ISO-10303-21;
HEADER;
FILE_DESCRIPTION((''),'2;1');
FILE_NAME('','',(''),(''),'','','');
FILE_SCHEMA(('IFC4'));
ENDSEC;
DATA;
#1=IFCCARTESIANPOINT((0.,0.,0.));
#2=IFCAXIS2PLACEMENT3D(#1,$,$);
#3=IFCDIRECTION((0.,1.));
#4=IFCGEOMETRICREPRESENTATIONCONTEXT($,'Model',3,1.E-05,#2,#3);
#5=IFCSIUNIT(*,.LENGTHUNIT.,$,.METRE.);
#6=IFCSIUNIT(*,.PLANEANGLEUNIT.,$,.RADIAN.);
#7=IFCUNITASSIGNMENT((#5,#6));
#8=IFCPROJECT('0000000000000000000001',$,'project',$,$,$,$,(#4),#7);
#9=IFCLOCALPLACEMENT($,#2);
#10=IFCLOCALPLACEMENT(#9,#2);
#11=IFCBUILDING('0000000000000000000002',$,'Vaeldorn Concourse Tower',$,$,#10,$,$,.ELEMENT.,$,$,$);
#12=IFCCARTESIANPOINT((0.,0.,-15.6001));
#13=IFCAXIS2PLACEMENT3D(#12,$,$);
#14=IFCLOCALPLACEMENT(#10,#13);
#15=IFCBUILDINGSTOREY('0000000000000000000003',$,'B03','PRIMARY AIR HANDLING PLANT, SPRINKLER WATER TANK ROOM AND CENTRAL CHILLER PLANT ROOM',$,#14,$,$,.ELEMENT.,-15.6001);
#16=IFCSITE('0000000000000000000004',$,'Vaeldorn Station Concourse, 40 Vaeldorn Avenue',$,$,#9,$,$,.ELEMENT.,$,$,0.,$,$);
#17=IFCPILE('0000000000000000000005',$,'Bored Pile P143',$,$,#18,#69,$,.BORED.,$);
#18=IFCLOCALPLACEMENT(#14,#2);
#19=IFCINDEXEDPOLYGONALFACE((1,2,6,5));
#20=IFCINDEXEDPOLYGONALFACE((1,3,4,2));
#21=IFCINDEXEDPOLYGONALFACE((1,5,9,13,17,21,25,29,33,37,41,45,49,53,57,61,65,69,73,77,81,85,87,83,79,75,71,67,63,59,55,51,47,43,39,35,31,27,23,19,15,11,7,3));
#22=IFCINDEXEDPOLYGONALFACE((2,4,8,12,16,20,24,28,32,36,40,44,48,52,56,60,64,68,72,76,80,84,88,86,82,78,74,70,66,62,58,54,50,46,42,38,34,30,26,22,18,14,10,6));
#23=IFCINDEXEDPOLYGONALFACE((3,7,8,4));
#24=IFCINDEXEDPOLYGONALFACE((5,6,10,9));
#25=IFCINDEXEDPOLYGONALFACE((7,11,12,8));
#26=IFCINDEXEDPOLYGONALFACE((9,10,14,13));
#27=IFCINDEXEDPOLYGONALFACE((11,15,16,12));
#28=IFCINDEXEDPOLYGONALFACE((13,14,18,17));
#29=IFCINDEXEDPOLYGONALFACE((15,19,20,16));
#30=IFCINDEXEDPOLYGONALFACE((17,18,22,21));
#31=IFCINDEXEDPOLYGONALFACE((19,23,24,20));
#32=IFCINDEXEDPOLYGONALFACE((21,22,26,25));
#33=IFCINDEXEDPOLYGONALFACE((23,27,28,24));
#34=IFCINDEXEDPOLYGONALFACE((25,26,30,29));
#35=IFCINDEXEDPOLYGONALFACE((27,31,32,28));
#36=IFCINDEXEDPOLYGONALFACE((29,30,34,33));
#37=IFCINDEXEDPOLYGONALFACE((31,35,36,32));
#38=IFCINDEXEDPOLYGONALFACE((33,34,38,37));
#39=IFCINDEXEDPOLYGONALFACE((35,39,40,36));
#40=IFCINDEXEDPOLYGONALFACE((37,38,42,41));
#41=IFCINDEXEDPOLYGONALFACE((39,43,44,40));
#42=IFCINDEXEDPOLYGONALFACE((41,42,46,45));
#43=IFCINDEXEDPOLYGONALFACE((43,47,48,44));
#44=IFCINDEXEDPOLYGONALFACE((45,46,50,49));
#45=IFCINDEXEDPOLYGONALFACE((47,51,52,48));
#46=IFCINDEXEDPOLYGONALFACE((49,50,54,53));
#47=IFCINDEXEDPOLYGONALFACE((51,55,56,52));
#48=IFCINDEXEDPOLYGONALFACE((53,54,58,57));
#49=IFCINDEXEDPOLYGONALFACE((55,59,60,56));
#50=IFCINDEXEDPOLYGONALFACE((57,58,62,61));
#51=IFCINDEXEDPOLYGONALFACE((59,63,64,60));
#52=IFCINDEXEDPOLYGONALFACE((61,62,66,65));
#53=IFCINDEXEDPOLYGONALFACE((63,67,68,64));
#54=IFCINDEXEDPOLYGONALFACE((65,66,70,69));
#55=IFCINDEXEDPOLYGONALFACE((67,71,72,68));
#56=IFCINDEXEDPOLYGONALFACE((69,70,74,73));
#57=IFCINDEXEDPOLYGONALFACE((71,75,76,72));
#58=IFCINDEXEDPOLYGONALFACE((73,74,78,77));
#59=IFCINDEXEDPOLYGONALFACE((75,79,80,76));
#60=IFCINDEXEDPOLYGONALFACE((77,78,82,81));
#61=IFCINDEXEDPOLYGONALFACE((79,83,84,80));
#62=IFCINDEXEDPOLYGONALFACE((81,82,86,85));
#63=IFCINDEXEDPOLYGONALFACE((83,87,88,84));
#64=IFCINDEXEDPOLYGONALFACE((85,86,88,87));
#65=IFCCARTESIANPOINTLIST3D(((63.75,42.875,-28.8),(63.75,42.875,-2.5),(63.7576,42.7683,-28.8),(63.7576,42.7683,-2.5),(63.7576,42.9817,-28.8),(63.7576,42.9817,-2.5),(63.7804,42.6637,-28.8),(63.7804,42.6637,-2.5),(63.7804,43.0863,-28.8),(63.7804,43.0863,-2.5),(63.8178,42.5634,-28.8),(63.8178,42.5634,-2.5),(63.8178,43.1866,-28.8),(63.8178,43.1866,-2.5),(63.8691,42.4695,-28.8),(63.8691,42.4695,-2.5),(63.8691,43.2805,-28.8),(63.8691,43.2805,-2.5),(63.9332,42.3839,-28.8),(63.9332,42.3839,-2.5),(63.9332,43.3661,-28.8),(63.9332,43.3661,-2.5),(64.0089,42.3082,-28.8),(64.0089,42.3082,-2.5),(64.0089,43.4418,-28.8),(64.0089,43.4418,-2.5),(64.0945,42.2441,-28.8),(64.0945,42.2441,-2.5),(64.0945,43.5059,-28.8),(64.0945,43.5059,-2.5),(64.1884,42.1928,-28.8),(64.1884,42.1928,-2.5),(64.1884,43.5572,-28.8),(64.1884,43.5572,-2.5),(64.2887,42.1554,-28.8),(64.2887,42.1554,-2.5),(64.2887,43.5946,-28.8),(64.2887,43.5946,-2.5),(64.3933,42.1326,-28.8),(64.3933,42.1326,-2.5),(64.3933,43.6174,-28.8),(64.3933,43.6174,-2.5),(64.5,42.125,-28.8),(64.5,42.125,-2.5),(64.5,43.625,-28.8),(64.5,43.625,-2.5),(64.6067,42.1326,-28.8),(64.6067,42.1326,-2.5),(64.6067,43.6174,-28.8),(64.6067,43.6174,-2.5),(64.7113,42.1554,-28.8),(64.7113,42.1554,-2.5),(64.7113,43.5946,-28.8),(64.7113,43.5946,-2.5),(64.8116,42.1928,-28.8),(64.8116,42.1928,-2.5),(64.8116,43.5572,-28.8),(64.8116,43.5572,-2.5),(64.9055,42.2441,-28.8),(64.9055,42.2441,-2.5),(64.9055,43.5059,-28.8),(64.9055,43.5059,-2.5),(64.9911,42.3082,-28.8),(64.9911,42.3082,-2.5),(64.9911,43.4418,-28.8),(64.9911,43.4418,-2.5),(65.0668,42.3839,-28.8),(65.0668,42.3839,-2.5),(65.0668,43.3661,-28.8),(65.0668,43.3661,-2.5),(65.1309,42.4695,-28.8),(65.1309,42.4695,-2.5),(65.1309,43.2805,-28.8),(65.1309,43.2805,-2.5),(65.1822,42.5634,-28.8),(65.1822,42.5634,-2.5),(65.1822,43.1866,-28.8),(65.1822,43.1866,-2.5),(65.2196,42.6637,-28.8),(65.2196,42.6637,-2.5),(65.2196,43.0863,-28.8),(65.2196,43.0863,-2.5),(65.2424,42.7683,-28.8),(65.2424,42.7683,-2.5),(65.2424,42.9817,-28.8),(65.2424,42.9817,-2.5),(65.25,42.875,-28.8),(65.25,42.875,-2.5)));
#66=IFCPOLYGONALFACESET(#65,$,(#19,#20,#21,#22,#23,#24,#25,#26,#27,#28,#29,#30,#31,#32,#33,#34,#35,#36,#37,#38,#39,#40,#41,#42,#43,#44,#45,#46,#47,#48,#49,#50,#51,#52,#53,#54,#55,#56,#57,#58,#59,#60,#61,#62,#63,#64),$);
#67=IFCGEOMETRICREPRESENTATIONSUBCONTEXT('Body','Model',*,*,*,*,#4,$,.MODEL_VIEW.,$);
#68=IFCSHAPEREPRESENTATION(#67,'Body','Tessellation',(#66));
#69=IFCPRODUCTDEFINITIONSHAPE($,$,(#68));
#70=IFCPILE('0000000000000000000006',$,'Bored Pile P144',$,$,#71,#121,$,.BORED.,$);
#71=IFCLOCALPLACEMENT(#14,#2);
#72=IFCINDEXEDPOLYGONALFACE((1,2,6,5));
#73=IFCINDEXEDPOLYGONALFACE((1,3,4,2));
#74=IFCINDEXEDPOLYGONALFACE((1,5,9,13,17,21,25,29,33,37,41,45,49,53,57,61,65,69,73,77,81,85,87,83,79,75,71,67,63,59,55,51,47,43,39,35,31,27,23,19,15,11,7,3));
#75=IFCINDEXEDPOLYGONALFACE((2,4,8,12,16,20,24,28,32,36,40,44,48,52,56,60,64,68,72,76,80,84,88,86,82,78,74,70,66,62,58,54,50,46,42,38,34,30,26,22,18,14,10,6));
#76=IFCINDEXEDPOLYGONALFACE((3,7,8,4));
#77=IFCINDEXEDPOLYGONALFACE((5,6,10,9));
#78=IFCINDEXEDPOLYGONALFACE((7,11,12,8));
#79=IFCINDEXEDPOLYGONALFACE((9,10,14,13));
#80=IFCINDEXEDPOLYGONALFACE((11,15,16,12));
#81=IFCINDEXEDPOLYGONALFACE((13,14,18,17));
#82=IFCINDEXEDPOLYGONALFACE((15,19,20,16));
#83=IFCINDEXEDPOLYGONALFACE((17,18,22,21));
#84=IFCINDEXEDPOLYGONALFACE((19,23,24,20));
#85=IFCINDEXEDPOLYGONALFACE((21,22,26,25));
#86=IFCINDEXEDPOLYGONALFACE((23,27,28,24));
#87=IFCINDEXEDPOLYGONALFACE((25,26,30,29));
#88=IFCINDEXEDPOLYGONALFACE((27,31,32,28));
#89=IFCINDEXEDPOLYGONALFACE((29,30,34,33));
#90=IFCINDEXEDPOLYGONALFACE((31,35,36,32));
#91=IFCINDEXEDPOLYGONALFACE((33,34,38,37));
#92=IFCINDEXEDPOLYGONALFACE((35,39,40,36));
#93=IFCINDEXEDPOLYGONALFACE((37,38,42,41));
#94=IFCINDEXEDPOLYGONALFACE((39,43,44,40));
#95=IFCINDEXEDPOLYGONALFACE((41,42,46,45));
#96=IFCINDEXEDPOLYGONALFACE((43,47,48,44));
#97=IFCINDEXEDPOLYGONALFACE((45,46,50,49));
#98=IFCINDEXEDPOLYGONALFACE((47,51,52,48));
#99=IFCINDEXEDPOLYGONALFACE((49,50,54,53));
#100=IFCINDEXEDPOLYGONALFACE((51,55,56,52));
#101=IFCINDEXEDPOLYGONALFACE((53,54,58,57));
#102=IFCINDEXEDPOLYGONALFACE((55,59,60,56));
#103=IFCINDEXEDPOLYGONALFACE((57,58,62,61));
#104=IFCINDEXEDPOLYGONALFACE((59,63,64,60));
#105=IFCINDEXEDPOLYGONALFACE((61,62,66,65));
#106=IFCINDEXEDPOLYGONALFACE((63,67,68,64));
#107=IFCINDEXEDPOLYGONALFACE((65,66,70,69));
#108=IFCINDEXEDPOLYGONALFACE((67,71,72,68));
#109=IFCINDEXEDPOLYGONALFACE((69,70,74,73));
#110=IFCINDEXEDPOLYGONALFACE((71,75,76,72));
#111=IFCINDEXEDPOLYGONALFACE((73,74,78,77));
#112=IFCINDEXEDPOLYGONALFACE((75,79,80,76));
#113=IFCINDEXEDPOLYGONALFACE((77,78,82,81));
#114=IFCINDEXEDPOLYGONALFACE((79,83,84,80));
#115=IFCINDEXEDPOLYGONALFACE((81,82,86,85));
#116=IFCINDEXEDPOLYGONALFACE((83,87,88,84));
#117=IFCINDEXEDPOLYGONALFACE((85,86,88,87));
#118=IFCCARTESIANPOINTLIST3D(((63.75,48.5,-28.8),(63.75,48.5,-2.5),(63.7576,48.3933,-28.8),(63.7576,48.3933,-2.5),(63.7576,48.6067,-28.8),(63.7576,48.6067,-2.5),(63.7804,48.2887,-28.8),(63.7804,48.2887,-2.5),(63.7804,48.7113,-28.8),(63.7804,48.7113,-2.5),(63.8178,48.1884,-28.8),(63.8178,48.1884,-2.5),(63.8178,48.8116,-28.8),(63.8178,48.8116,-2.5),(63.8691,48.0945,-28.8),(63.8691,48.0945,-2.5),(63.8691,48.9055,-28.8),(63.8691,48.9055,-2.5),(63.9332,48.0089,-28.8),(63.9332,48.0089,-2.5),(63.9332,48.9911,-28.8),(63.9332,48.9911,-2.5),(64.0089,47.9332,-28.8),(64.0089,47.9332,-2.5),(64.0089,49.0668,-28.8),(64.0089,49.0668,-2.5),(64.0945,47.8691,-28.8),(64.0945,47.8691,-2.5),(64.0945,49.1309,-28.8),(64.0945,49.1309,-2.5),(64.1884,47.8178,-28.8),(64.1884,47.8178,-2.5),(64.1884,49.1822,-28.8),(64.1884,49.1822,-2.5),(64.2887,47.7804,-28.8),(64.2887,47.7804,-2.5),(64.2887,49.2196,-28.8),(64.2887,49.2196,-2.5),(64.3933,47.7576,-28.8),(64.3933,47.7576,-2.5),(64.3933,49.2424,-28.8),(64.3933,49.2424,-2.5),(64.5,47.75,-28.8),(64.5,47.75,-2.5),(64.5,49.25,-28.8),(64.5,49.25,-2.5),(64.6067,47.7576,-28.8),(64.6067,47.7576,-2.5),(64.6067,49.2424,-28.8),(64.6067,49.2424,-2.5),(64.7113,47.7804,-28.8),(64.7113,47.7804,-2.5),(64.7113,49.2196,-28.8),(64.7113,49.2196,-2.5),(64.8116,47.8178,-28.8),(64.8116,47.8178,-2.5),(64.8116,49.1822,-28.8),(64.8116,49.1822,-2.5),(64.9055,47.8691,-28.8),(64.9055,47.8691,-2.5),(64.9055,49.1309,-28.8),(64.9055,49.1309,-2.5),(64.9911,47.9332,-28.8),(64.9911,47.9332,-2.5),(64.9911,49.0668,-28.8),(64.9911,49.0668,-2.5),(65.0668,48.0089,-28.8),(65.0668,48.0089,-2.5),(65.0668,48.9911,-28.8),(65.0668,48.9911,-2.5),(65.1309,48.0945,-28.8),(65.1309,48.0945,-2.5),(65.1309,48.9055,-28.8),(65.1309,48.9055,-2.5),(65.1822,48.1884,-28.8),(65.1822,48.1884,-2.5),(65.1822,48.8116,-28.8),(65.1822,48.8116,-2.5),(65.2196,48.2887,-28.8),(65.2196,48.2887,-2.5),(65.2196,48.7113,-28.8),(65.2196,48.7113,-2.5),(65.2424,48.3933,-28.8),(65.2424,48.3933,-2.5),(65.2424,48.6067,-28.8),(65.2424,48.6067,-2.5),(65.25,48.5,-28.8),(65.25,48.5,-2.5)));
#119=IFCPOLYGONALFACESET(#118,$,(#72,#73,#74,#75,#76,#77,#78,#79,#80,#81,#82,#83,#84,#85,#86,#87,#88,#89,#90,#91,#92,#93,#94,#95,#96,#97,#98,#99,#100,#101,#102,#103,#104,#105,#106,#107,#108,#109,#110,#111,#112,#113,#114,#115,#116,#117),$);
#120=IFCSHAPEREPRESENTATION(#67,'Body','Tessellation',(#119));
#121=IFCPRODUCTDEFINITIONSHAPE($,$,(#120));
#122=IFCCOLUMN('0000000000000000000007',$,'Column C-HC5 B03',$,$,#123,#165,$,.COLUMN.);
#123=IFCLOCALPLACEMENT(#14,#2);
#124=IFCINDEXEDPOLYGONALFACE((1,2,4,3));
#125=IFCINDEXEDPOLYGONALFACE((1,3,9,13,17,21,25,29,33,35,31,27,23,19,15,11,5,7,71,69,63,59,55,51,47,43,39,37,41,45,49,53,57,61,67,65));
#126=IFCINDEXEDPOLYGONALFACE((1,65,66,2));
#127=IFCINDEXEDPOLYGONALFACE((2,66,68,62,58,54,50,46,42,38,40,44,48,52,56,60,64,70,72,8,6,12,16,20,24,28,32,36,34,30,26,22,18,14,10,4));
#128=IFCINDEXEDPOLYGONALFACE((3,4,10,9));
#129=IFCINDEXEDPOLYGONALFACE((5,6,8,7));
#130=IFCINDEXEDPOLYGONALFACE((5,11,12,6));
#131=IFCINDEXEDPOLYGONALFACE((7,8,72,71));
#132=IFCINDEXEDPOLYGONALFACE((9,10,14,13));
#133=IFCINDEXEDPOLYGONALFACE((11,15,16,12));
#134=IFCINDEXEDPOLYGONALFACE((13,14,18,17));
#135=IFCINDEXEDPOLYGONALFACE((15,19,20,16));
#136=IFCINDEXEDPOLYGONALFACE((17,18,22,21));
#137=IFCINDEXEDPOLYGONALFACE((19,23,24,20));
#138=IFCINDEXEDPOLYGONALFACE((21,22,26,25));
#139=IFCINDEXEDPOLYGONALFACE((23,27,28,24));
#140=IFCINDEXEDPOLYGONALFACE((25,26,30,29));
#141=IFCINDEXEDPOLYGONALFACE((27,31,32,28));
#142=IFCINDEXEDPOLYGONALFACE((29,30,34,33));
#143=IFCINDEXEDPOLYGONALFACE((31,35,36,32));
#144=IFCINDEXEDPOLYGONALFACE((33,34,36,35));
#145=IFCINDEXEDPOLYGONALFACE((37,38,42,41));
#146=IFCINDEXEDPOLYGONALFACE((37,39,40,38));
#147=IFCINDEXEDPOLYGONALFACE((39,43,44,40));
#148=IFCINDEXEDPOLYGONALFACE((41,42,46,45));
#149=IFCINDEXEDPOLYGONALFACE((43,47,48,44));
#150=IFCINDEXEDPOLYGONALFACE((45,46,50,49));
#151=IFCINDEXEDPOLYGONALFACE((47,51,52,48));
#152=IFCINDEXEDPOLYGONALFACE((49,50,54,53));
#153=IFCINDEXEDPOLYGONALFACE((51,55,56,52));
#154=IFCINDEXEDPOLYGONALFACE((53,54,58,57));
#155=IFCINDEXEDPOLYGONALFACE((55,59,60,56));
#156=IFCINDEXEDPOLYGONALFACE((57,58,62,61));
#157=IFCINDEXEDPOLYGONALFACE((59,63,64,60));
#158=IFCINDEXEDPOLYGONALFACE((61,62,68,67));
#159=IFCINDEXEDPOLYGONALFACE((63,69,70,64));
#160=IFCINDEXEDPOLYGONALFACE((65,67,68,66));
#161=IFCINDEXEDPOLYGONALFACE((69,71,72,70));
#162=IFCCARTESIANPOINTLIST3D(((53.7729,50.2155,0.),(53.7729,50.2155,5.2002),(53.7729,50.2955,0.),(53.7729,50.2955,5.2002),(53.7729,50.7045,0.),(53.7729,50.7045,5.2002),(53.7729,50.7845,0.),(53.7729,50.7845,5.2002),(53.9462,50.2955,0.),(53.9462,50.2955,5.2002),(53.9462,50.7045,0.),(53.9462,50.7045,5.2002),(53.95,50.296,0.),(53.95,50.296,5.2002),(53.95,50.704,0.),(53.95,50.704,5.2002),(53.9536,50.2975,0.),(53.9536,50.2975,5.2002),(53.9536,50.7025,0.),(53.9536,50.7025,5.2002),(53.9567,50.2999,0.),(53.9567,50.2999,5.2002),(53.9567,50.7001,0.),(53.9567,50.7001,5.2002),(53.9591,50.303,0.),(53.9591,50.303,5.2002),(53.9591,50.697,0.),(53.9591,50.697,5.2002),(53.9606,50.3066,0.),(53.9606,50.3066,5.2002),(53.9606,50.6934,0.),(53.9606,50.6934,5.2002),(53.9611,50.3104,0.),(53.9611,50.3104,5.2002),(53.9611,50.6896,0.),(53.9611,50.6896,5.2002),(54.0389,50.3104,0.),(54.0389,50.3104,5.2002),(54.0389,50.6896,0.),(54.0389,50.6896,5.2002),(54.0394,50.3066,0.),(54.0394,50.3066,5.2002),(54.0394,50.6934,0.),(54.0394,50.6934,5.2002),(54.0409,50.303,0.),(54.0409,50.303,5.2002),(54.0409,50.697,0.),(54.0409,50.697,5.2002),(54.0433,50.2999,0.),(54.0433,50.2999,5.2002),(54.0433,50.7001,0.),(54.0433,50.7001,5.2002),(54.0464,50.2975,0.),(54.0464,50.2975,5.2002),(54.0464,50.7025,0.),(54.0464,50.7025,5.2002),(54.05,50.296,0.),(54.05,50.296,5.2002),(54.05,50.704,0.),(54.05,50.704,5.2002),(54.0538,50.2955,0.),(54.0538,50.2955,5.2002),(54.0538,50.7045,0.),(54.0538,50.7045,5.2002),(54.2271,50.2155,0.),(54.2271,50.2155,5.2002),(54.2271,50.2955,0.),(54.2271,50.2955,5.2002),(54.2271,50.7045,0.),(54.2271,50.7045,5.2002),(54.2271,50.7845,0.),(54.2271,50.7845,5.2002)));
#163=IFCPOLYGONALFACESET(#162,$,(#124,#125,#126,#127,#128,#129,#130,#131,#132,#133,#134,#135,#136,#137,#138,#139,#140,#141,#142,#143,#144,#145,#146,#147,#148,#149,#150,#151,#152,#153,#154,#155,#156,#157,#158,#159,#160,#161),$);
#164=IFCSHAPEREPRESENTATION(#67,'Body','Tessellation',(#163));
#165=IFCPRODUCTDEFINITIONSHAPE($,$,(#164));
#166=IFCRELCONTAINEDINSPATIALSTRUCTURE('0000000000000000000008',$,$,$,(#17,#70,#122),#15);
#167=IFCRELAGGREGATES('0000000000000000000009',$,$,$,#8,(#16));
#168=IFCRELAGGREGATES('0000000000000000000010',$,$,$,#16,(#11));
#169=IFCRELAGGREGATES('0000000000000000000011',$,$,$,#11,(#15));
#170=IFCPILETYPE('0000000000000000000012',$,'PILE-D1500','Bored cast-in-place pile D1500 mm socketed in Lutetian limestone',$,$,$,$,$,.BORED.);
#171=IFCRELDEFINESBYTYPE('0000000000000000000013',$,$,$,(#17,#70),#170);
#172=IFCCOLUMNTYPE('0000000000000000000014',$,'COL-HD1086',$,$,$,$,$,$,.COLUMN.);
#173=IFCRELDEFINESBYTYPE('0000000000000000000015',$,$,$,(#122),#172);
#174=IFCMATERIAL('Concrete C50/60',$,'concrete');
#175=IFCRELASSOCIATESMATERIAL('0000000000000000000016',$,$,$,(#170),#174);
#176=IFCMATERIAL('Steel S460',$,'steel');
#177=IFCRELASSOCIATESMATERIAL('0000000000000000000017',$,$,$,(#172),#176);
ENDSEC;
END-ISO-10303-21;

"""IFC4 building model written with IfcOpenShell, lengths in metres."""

from ifc_helpers import new_model, si_unit, direction, frame, origin, origin_2d, place, context, subcontext, project, spatial, circle, i_section, extrude, source, transform, mapped, material, material_profile, profile_set, type_object, element, save


model = new_model("IFC4")

# Units and contexts
model_context = context("Model", 3, precision=1e-05, world=origin(), true_north=direction((0.0, 1.0)))
body_context = subcontext(model_context, "Body", "Model", "MODEL_VIEW")
ifc_project = project(units=[si_unit("LENGTHUNIT", "METRE"), si_unit("PLANEANGLEUNIT", "RADIAN")], contexts=[model_context])

# Site, building, storey
site_placement = place(None, origin())
site = spatial("IfcSite", under=ifc_project, at=site_placement, Name="Vaeldorn Station Concourse, 40 Vaeldorn Avenue", CompositionType="ELEMENT", RefElevation=0.0)
building_placement = place(site_placement, origin())
building = spatial("IfcBuilding", under=site, at=building_placement, Name="Vaeldorn Concourse Tower", CompositionType="ELEMENT")
storey_placement = place(building_placement, frame((0.0, 0.0, -15.6001)))
storey = spatial("IfcBuildingStorey", under=building, at=storey_placement, Name="B03", Description="PRIMARY AIR HANDLING PLANT, SPRINKLER WATER TANK ROOM AND CENTRAL CHILLER PLANT ROOM", CompositionType="ELEMENT", Elevation=-15.6001)

# Piles
ifc_material_1 = material(Name="Concrete C50/60", Category="concrete")
ifc_material_profile_1 = material_profile(ifc_material_1, circle(Radius=0.75, at=origin_2d()), Name="BORED PILE D1500")
ifc_profile_set_1 = profile_set([ifc_material_profile_1], Name="Concrete C50/60")
pile_type = type_object("IfcPileType", Name="PILE-D1500", Description="Bored cast-in-place pile D1500 mm socketed in Lutetian limestone", PredefinedType="BORED", material=ifc_profile_set_1)
for number, where, z_axis, x_axis, name in (
    (1, (64.5, 42.875, -2.5), (0.0, 0.0, -1.0), (1.0, 0.0, 0.0), "Bored Pile P143"),
    (2, (64.5, 48.5, -2.5), (0.0, 0.0, -1.0), (1.0, 0.0, 0.0), "Bored Pile P144"),
):
    element("IfcPile", number, at=place(storey_placement, frame(where, z_axis=z_axis, x_axis=x_axis)), inside=storey, type_object=pile_type, Name=name, PredefinedType="BORED", context=body_context, shape_type="SweptSolid", body=[
        extrude(circle(Radius=0.75, at=origin_2d()), origin(), (0.0, 0.0, 1.0), 26.3),
    ])

# Column
ifc_material_2 = material(Name="Steel S460", Category="steel")
ifc_material_profile_2 = material_profile(ifc_material_2, i_section(OverallWidth=0.4541, OverallDepth=0.5691, WebThickness=0.0779, FlangeThickness=0.0801, FilletRadius=0.0149, at=origin_2d()), Name="HD 400x1086")
ifc_profile_set_2 = profile_set([ifc_material_profile_2], Name="Steel S460")
column_type_1 = type_object("IfcColumnType", Name="COL-HD1086", PredefinedType="COLUMN", material=ifc_profile_set_2)
shared_shape_1 = source(origin(), body_context, "Body", "SweptSolid", [
    extrude(i_section(OverallWidth=0.4541, OverallDepth=0.5691, WebThickness=0.0779, FlangeThickness=0.0801, FilletRadius=0.0149, at=origin_2d()), origin(), (0.0, 0.0, 1.0), 5.2002),
])
column_1_placement = place(storey_placement, frame((54.0, 50.5, 0.0), z_axis=(0.0, 0.0, 1.0), x_axis=(1.0, 0.0, 0.0)))
element("IfcColumn", 3, at=column_1_placement, inside=storey, type_object=column_type_1, Name="Column C-HC5 B03", PredefinedType="COLUMN", context=body_context, shape_type="MappedRepresentation", body=[
    mapped(shared_shape_1, transform((0.0, 0.0, 0.0), scale=1.0)),
])

save(model, "model.ifc")
